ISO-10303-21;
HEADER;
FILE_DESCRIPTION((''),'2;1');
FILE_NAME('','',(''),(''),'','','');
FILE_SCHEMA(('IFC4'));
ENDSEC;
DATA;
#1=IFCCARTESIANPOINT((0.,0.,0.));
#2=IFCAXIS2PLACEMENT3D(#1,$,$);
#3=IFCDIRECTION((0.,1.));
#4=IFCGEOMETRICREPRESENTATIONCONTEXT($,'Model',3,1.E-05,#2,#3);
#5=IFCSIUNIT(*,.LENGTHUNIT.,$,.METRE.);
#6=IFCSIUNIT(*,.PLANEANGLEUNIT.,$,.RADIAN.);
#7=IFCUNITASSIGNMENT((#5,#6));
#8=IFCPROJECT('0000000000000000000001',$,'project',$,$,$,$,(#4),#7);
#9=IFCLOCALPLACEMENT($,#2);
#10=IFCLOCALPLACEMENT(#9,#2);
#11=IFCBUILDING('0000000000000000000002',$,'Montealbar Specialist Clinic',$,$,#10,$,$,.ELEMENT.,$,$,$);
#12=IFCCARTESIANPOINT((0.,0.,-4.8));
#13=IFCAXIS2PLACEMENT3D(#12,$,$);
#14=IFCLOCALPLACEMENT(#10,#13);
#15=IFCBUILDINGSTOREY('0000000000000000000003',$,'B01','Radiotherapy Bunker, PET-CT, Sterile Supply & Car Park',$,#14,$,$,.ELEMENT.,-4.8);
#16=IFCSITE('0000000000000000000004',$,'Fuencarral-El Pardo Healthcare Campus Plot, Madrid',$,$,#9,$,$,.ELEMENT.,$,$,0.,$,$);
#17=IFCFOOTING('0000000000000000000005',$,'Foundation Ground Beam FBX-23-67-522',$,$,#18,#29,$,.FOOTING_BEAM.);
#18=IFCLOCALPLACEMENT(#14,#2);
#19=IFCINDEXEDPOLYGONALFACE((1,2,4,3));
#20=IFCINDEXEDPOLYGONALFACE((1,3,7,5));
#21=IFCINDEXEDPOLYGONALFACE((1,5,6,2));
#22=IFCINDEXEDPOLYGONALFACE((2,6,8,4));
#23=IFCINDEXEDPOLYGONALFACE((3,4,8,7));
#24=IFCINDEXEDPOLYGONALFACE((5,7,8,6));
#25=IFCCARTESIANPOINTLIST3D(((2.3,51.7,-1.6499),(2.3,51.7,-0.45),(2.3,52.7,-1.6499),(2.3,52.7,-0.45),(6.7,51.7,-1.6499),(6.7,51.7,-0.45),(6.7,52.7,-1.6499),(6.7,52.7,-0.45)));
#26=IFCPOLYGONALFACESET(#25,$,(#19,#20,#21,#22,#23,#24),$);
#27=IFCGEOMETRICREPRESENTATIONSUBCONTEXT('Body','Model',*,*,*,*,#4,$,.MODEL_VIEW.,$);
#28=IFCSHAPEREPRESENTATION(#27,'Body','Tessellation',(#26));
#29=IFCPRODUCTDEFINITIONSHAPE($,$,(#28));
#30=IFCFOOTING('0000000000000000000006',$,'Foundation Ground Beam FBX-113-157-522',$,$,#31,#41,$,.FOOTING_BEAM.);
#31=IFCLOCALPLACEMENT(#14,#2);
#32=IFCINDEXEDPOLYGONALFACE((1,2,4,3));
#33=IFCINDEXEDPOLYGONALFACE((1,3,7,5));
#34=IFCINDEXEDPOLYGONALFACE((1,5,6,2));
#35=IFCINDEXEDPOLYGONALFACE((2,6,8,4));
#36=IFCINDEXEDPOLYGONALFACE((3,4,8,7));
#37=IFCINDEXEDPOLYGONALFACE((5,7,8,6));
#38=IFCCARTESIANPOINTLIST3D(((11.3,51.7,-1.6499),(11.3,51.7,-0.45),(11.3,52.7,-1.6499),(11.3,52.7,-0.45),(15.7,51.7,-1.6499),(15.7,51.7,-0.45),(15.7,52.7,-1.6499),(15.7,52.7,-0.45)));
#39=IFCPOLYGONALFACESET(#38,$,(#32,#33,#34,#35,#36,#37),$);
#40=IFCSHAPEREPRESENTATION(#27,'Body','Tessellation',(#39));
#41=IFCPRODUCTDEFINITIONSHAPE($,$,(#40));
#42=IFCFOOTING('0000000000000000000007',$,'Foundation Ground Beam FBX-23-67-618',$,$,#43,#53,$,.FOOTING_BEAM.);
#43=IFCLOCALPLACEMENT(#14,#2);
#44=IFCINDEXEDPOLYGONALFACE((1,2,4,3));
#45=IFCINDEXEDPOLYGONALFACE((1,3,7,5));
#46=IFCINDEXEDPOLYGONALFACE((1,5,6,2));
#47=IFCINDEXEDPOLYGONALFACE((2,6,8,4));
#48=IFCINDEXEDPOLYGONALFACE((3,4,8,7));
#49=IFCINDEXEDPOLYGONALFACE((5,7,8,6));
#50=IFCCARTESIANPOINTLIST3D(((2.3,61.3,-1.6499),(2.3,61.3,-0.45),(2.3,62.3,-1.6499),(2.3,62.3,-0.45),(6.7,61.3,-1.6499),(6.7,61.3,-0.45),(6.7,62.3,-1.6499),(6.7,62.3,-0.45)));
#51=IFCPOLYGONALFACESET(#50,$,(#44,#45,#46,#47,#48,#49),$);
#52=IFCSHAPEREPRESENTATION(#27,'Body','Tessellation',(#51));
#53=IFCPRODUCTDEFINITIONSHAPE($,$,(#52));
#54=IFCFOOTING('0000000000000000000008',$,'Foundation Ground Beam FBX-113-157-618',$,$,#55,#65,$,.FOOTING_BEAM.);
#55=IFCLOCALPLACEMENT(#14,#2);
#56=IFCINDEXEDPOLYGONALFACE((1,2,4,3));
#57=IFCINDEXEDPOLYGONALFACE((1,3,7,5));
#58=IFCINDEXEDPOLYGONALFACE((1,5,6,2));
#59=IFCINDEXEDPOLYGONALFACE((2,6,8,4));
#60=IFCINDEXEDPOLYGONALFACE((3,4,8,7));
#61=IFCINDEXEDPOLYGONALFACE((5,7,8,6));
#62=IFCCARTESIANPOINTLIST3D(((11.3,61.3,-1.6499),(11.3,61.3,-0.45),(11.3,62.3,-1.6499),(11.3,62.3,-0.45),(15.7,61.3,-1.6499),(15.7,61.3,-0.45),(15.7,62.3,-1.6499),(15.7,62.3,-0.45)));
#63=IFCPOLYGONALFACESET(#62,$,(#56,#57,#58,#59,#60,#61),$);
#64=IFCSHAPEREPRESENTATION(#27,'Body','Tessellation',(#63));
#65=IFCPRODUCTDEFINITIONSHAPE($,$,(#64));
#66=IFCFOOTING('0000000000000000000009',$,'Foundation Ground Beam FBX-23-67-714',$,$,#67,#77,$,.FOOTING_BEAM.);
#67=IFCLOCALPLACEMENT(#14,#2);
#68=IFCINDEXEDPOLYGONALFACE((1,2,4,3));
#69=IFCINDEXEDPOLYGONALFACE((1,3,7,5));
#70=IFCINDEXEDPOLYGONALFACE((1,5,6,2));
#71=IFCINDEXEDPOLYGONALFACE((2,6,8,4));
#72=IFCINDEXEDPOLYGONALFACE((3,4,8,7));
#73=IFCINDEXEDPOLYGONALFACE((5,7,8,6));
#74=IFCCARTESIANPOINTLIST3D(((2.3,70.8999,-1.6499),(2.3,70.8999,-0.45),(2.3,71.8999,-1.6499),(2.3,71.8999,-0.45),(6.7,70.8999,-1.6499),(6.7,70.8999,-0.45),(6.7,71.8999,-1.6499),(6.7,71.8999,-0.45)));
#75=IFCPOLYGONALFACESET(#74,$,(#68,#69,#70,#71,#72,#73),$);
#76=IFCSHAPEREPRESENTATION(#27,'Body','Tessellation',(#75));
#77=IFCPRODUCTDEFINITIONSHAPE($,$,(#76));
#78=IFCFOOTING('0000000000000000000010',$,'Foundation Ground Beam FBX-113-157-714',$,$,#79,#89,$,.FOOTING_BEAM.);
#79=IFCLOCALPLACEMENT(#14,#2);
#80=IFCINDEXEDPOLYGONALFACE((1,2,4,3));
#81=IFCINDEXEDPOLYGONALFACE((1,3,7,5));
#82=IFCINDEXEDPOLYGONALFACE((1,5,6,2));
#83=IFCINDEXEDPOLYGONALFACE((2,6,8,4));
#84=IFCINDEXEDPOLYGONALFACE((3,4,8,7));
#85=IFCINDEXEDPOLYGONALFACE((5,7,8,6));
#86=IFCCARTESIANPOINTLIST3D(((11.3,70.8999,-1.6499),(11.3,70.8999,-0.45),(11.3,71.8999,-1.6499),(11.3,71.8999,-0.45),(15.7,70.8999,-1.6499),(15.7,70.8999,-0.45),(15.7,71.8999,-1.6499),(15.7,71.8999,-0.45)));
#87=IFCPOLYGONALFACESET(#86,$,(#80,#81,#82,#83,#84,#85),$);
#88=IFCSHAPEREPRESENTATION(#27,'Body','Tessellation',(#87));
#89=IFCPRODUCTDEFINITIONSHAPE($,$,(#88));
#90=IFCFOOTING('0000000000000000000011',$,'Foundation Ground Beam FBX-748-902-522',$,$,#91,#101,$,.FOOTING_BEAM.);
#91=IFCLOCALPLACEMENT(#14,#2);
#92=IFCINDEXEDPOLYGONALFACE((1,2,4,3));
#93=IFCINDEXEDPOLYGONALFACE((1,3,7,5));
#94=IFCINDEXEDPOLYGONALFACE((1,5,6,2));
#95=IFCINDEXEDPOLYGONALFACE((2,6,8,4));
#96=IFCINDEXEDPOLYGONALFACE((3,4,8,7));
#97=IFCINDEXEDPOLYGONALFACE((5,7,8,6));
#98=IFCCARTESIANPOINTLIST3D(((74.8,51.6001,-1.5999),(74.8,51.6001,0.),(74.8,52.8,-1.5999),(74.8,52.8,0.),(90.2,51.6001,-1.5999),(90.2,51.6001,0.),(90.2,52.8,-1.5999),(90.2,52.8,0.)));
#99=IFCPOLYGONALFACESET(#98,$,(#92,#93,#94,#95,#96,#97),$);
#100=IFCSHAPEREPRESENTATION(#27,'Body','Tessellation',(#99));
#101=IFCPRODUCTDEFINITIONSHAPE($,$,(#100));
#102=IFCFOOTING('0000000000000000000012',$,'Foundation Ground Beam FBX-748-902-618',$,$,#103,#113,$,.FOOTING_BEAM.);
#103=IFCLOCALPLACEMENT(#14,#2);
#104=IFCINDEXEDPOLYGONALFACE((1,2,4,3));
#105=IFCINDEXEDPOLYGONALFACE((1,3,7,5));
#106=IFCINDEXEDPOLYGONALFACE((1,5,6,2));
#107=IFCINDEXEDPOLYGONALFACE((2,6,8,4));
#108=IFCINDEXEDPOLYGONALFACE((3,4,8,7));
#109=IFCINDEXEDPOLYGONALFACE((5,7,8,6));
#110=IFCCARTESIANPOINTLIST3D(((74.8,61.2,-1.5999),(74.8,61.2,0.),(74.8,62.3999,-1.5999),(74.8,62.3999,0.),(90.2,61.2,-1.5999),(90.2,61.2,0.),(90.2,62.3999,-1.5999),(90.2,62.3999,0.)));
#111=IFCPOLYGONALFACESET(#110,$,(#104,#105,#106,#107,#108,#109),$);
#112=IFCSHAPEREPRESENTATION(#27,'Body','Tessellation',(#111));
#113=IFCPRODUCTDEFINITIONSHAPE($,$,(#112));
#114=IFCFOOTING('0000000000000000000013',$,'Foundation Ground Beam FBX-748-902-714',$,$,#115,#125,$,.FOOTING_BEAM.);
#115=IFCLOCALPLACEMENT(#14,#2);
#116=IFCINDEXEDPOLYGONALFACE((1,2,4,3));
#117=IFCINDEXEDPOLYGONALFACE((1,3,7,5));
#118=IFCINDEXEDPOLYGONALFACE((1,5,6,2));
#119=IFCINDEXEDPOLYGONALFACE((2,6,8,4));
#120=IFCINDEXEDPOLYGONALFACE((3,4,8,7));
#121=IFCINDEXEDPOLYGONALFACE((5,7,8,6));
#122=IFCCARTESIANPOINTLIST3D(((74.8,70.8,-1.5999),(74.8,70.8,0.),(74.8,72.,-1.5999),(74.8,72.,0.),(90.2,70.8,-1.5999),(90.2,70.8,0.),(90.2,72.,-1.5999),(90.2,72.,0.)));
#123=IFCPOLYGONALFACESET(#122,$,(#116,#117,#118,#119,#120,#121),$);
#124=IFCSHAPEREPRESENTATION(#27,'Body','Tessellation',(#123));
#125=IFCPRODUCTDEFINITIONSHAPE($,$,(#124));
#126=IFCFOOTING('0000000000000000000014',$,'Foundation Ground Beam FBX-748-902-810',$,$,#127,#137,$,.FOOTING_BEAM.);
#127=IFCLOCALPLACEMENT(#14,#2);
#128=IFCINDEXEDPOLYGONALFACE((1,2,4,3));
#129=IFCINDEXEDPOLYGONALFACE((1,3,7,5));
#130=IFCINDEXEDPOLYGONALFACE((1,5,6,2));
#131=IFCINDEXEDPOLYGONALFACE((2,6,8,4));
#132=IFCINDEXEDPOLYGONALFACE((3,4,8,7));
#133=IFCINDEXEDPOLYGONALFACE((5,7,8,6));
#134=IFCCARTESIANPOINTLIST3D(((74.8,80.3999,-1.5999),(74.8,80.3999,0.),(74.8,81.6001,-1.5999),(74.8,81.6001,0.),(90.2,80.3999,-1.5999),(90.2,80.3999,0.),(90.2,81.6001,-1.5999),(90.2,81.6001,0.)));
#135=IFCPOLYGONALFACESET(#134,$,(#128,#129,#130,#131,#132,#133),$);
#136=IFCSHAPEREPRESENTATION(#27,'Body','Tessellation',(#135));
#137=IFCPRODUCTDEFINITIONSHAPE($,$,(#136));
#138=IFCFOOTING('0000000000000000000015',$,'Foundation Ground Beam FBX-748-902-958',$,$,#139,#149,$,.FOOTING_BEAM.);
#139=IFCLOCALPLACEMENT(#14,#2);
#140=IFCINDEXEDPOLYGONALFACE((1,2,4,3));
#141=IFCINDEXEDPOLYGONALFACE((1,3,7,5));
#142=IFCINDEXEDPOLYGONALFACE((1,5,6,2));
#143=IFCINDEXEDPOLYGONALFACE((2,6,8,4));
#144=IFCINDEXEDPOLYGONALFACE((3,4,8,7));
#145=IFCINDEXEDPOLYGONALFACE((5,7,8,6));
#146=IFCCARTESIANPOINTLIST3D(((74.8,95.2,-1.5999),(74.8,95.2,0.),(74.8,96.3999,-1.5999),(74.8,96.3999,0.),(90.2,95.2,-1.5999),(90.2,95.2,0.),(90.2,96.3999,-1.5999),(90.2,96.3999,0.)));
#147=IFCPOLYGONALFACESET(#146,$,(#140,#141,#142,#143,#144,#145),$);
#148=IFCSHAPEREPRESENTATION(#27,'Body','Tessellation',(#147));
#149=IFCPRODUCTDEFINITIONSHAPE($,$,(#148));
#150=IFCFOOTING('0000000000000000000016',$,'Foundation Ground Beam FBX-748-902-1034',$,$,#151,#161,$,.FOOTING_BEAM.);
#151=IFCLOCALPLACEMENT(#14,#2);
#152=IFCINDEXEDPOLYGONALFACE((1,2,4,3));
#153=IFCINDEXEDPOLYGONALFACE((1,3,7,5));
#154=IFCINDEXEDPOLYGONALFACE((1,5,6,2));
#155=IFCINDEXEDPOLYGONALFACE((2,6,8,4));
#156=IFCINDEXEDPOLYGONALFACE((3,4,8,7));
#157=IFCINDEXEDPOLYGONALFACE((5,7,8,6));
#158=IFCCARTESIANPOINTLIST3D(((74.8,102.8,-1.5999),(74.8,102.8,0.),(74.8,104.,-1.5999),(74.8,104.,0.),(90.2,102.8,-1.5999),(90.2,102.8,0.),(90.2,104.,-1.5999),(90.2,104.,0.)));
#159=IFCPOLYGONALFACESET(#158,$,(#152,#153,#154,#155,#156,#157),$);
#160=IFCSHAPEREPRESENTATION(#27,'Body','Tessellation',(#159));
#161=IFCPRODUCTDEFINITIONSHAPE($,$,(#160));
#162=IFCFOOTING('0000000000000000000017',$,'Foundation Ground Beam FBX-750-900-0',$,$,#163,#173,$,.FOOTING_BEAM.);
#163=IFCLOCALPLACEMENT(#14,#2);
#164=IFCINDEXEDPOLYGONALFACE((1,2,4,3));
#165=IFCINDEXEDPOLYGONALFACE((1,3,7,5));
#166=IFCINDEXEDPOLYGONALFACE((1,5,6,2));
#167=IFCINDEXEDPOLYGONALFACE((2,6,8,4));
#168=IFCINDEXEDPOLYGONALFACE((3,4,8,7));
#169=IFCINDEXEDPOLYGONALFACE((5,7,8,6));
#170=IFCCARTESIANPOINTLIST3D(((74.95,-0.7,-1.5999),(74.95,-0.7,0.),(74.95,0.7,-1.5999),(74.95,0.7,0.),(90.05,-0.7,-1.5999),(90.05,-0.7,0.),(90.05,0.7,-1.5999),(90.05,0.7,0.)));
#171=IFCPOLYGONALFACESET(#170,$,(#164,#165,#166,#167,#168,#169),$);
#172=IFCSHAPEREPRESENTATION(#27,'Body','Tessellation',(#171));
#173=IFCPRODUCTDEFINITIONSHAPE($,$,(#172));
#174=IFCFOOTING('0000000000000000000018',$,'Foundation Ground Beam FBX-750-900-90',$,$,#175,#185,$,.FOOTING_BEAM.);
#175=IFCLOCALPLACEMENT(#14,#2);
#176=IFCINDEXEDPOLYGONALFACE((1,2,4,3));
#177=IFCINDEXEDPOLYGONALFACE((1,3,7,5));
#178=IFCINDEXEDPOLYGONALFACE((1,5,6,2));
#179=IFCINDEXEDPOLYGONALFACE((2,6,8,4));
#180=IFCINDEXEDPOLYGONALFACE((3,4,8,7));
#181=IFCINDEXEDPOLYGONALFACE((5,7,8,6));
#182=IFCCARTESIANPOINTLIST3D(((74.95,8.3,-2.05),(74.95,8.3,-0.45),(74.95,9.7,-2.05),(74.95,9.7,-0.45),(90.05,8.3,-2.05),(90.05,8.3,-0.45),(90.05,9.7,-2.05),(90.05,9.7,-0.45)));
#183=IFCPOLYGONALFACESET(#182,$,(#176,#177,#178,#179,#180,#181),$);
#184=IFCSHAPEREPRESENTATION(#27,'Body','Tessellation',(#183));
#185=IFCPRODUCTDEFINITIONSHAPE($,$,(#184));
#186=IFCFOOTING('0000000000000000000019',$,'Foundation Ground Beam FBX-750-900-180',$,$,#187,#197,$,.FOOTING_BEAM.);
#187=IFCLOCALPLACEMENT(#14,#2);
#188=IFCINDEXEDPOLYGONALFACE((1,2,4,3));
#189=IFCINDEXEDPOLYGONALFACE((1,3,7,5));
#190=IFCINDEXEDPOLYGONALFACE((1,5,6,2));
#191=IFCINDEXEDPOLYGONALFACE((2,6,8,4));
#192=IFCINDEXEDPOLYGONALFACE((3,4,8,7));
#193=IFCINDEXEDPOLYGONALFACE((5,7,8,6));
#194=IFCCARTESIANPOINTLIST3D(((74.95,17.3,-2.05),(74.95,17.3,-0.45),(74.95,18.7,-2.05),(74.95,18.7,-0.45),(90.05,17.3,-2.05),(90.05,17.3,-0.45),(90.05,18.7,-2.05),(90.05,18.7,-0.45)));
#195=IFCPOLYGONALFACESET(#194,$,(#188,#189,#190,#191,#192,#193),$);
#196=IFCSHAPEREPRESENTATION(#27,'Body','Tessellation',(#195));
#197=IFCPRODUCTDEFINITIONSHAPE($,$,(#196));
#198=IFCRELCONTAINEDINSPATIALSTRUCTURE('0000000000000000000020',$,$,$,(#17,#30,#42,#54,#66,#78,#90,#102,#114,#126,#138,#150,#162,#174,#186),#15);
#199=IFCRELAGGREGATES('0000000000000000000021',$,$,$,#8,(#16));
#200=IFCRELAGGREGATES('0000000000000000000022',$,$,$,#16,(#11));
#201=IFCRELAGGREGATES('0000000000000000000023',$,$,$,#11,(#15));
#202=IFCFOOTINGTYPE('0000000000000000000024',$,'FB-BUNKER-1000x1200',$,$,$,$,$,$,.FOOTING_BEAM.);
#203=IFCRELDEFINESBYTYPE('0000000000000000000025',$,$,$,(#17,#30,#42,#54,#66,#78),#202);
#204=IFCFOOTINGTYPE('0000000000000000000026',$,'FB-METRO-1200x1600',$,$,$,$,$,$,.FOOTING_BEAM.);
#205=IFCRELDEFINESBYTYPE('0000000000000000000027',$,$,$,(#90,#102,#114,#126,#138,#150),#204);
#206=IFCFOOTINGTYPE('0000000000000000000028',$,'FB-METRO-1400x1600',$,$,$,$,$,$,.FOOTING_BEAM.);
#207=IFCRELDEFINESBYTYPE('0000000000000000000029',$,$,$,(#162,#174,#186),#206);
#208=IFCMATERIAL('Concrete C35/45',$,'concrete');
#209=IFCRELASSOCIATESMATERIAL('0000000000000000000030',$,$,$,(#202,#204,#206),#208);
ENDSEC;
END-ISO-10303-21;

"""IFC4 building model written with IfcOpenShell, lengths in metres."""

from ifc_helpers import new_model, si_unit, direction, frame, origin, place, context, subcontext, project, spatial, polyline, outline, extrude, material, type_object, element, save


model = new_model("IFC4")

# Units and contexts
model_context = context("Model", 3, precision=1e-05, world=origin(), true_north=direction((0.0, 1.0)))
body_context = subcontext(model_context, "Body", "Model", "MODEL_VIEW")
ifc_project = project(units=[si_unit("LENGTHUNIT", "METRE"), si_unit("PLANEANGLEUNIT", "RADIAN")], contexts=[model_context])

# Site, building, storey
site_placement = place(None, origin())
site = spatial("IfcSite", under=ifc_project, at=site_placement, Name="Fuencarral-El Pardo Healthcare Campus Plot, Madrid", CompositionType="ELEMENT", RefElevation=0.0)
building_placement = place(site_placement, origin())
building = spatial("IfcBuilding", under=site, at=building_placement, Name="Montealbar Specialist Clinic", CompositionType="ELEMENT")
storey_placement = place(building_placement, frame((0.0, 0.0, -4.8)))
storey = spatial("IfcBuildingStorey", under=building, at=storey_placement, Name="B01", Description="Radiotherapy Bunker, PET-CT, Sterile Supply & Car Park", CompositionType="ELEMENT", Elevation=-4.8)

# Footings
ifc_material = material(Name="Concrete C35/45", Category="concrete")
footing_type_1 = type_object("IfcFootingType", Name="FB-BUNKER-1000x1200", PredefinedType="FOOTING_BEAM", material=ifc_material)
footing_1_placement = place(storey_placement, frame((0.0, 0.0, -1.6499)))
element("IfcFooting", 1, at=footing_1_placement, inside=storey, type_object=footing_type_1, Name="Foundation Ground Beam FBX-23-67-522", PredefinedType="FOOTING_BEAM", context=body_context, shape_type="SweptSolid", body=[
    extrude(outline(polyline([(2.3, 51.7), (6.7, 51.7), (6.7, 52.7), (2.3, 52.7), (2.3, 51.7)])), origin(), (0.0, 0.0, 1.0), 1.2),
])
footing_2_placement = place(storey_placement, frame((0.0, 0.0, -1.6499)))
element("IfcFooting", 2, at=footing_2_placement, inside=storey, type_object=footing_type_1, Name="Foundation Ground Beam FBX-113-157-522", PredefinedType="FOOTING_BEAM", context=body_context, shape_type="SweptSolid", body=[
    extrude(outline(polyline([(11.3, 51.7), (15.7, 51.7), (15.7, 52.7), (11.3, 52.7), (11.3, 51.7)])), origin(), (0.0, 0.0, 1.0), 1.2),
])
footing_3_placement = place(storey_placement, frame((0.0, 0.0, -1.6499)))
element("IfcFooting", 3, at=footing_3_placement, inside=storey, type_object=footing_type_1, Name="Foundation Ground Beam FBX-23-67-618", PredefinedType="FOOTING_BEAM", context=body_context, shape_type="SweptSolid", body=[
    extrude(outline(polyline([(2.3, 61.3), (6.7, 61.3), (6.7, 62.3), (2.3, 62.3), (2.3, 61.3)])), origin(), (0.0, 0.0, 1.0), 1.2),
])
footing_4_placement = place(storey_placement, frame((0.0, 0.0, -1.6499)))
element("IfcFooting", 4, at=footing_4_placement, inside=storey, type_object=footing_type_1, Name="Foundation Ground Beam FBX-113-157-618", PredefinedType="FOOTING_BEAM", context=body_context, shape_type="SweptSolid", body=[
    extrude(outline(polyline([(11.3, 61.3), (15.7, 61.3), (15.7, 62.3), (11.3, 62.3), (11.3, 61.3)])), origin(), (0.0, 0.0, 1.0), 1.2),
])
footing_5_placement = place(storey_placement, frame((0.0, 0.0, -1.6499)))
element("IfcFooting", 5, at=footing_5_placement, inside=storey, type_object=footing_type_1, Name="Foundation Ground Beam FBX-23-67-714", PredefinedType="FOOTING_BEAM", context=body_context, shape_type="SweptSolid", body=[
    extrude(outline(polyline([(2.3, 70.8999), (6.7, 70.8999), (6.7, 71.8999), (2.3, 71.8999), (2.3, 70.8999)])), origin(), (0.0, 0.0, 1.0), 1.2),
])
footing_6_placement = place(storey_placement, frame((0.0, 0.0, -1.6499)))
element("IfcFooting", 6, at=footing_6_placement, inside=storey, type_object=footing_type_1, Name="Foundation Ground Beam FBX-113-157-714", PredefinedType="FOOTING_BEAM", context=body_context, shape_type="SweptSolid", body=[
    extrude(outline(polyline([(11.3, 70.8999), (15.7, 70.8999), (15.7, 71.8999), (11.3, 71.8999), (11.3, 70.8999)])), origin(), (0.0, 0.0, 1.0), 1.2),
])
footing_type_2 = type_object("IfcFootingType", Name="FB-METRO-1200x1600", PredefinedType="FOOTING_BEAM", material=ifc_material)
footing_7_placement = place(storey_placement, frame((0.0, 0.0, -1.5999)))
element("IfcFooting", 7, at=footing_7_placement, inside=storey, type_object=footing_type_2, Name="Foundation Ground Beam FBX-748-902-522", PredefinedType="FOOTING_BEAM", context=body_context, shape_type="SweptSolid", body=[
    extrude(outline(polyline([(74.8, 51.6001), (90.2, 51.6001), (90.2, 52.8), (74.8, 52.8), (74.8, 51.6001)])), origin(), (0.0, 0.0, 1.0), 1.5999),
])
footing_8_placement = place(storey_placement, frame((0.0, 0.0, -1.5999)))
element("IfcFooting", 8, at=footing_8_placement, inside=storey, type_object=footing_type_2, Name="Foundation Ground Beam FBX-748-902-618", PredefinedType="FOOTING_BEAM", context=body_context, shape_type="SweptSolid", body=[
    extrude(outline(polyline([(74.8, 61.2), (90.2, 61.2), (90.2, 62.3999), (74.8, 62.3999), (74.8, 61.2)])), origin(), (0.0, 0.0, 1.0), 1.5999),
])
footing_9_placement = place(storey_placement, frame((0.0, 0.0, -1.5999)))
element("IfcFooting", 9, at=footing_9_placement, inside=storey, type_object=footing_type_2, Name="Foundation Ground Beam FBX-748-902-714", PredefinedType="FOOTING_BEAM", context=body_context, shape_type="SweptSolid", body=[
    extrude(outline(polyline([(74.8, 70.8), (90.2, 70.8), (90.2, 72.0), (74.8, 72.0), (74.8, 70.8)])), origin(), (0.0, 0.0, 1.0), 1.5999),
])
footing_10_placement = place(storey_placement, frame((0.0, 0.0, -1.5999)))
element("IfcFooting", 10, at=footing_10_placement, inside=storey, type_object=footing_type_2, Name="Foundation Ground Beam FBX-748-902-810", PredefinedType="FOOTING_BEAM", context=body_context, shape_type="SweptSolid", body=[
    extrude(outline(polyline([(74.8, 80.3999), (90.2, 80.3999), (90.2, 81.6001), (74.8, 81.6001), (74.8, 80.3999)])), origin(), (0.0, 0.0, 1.0), 1.5999),
])
footing_11_placement = place(storey_placement, frame((0.0, 0.0, -1.5999)))
element("IfcFooting", 11, at=footing_11_placement, inside=storey, type_object=footing_type_2, Name="Foundation Ground Beam FBX-748-902-958", PredefinedType="FOOTING_BEAM", context=body_context, shape_type="SweptSolid", body=[
    extrude(outline(polyline([(74.8, 95.2), (90.2, 95.2), (90.2, 96.3999), (74.8, 96.3999), (74.8, 95.2)])), origin(), (0.0, 0.0, 1.0), 1.5999),
])
footing_12_placement = place(storey_placement, frame((0.0, 0.0, -1.5999)))
element("IfcFooting", 12, at=footing_12_placement, inside=storey, type_object=footing_type_2, Name="Foundation Ground Beam FBX-748-902-1034", PredefinedType="FOOTING_BEAM", context=body_context, shape_type="SweptSolid", body=[
    extrude(outline(polyline([(74.8, 102.8), (90.2, 102.8), (90.2, 104.0), (74.8, 104.0), (74.8, 102.8)])), origin(), (0.0, 0.0, 1.0), 1.5999),
])
footing_type_3 = type_object("IfcFootingType", Name="FB-METRO-1400x1600", PredefinedType="FOOTING_BEAM", material=ifc_material)
footing_13_placement = place(storey_placement, frame((0.0, 0.0, -1.5999)))
element("IfcFooting", 13, at=footing_13_placement, inside=storey, type_object=footing_type_3, Name="Foundation Ground Beam FBX-750-900-0", PredefinedType="FOOTING_BEAM", context=body_context, shape_type="SweptSolid", body=[
    extrude(outline(polyline([(74.95, -0.7), (90.05, -0.7), (90.05, 0.7), (74.95, 0.7), (74.95, -0.7)])), origin(), (0.0, 0.0, 1.0), 1.5999),
])
footing_14_placement = place(storey_placement, frame((0.0, 0.0, -2.05)))
element("IfcFooting", 14, at=footing_14_placement, inside=storey, type_object=footing_type_3, Name="Foundation Ground Beam FBX-750-900-90", PredefinedType="FOOTING_BEAM", context=body_context, shape_type="SweptSolid", body=[
    extrude(outline(polyline([(74.95, 8.3), (90.05, 8.3), (90.05, 9.7), (74.95, 9.7), (74.95, 8.3)])), origin(), (0.0, 0.0, 1.0), 1.6001),
])
footing_15_placement = place(storey_placement, frame((0.0, 0.0, -2.05)))
element("IfcFooting", 15, at=footing_15_placement, inside=storey, type_object=footing_type_3, Name="Foundation Ground Beam FBX-750-900-180", PredefinedType="FOOTING_BEAM", context=body_context, shape_type="SweptSolid", body=[
    extrude(outline(polyline([(74.95, 17.3), (90.05, 17.3), (90.05, 18.7), (74.95, 18.7), (74.95, 17.3)])), origin(), (0.0, 0.0, 1.0), 1.6001),
])

save(model, "model.ifc")
